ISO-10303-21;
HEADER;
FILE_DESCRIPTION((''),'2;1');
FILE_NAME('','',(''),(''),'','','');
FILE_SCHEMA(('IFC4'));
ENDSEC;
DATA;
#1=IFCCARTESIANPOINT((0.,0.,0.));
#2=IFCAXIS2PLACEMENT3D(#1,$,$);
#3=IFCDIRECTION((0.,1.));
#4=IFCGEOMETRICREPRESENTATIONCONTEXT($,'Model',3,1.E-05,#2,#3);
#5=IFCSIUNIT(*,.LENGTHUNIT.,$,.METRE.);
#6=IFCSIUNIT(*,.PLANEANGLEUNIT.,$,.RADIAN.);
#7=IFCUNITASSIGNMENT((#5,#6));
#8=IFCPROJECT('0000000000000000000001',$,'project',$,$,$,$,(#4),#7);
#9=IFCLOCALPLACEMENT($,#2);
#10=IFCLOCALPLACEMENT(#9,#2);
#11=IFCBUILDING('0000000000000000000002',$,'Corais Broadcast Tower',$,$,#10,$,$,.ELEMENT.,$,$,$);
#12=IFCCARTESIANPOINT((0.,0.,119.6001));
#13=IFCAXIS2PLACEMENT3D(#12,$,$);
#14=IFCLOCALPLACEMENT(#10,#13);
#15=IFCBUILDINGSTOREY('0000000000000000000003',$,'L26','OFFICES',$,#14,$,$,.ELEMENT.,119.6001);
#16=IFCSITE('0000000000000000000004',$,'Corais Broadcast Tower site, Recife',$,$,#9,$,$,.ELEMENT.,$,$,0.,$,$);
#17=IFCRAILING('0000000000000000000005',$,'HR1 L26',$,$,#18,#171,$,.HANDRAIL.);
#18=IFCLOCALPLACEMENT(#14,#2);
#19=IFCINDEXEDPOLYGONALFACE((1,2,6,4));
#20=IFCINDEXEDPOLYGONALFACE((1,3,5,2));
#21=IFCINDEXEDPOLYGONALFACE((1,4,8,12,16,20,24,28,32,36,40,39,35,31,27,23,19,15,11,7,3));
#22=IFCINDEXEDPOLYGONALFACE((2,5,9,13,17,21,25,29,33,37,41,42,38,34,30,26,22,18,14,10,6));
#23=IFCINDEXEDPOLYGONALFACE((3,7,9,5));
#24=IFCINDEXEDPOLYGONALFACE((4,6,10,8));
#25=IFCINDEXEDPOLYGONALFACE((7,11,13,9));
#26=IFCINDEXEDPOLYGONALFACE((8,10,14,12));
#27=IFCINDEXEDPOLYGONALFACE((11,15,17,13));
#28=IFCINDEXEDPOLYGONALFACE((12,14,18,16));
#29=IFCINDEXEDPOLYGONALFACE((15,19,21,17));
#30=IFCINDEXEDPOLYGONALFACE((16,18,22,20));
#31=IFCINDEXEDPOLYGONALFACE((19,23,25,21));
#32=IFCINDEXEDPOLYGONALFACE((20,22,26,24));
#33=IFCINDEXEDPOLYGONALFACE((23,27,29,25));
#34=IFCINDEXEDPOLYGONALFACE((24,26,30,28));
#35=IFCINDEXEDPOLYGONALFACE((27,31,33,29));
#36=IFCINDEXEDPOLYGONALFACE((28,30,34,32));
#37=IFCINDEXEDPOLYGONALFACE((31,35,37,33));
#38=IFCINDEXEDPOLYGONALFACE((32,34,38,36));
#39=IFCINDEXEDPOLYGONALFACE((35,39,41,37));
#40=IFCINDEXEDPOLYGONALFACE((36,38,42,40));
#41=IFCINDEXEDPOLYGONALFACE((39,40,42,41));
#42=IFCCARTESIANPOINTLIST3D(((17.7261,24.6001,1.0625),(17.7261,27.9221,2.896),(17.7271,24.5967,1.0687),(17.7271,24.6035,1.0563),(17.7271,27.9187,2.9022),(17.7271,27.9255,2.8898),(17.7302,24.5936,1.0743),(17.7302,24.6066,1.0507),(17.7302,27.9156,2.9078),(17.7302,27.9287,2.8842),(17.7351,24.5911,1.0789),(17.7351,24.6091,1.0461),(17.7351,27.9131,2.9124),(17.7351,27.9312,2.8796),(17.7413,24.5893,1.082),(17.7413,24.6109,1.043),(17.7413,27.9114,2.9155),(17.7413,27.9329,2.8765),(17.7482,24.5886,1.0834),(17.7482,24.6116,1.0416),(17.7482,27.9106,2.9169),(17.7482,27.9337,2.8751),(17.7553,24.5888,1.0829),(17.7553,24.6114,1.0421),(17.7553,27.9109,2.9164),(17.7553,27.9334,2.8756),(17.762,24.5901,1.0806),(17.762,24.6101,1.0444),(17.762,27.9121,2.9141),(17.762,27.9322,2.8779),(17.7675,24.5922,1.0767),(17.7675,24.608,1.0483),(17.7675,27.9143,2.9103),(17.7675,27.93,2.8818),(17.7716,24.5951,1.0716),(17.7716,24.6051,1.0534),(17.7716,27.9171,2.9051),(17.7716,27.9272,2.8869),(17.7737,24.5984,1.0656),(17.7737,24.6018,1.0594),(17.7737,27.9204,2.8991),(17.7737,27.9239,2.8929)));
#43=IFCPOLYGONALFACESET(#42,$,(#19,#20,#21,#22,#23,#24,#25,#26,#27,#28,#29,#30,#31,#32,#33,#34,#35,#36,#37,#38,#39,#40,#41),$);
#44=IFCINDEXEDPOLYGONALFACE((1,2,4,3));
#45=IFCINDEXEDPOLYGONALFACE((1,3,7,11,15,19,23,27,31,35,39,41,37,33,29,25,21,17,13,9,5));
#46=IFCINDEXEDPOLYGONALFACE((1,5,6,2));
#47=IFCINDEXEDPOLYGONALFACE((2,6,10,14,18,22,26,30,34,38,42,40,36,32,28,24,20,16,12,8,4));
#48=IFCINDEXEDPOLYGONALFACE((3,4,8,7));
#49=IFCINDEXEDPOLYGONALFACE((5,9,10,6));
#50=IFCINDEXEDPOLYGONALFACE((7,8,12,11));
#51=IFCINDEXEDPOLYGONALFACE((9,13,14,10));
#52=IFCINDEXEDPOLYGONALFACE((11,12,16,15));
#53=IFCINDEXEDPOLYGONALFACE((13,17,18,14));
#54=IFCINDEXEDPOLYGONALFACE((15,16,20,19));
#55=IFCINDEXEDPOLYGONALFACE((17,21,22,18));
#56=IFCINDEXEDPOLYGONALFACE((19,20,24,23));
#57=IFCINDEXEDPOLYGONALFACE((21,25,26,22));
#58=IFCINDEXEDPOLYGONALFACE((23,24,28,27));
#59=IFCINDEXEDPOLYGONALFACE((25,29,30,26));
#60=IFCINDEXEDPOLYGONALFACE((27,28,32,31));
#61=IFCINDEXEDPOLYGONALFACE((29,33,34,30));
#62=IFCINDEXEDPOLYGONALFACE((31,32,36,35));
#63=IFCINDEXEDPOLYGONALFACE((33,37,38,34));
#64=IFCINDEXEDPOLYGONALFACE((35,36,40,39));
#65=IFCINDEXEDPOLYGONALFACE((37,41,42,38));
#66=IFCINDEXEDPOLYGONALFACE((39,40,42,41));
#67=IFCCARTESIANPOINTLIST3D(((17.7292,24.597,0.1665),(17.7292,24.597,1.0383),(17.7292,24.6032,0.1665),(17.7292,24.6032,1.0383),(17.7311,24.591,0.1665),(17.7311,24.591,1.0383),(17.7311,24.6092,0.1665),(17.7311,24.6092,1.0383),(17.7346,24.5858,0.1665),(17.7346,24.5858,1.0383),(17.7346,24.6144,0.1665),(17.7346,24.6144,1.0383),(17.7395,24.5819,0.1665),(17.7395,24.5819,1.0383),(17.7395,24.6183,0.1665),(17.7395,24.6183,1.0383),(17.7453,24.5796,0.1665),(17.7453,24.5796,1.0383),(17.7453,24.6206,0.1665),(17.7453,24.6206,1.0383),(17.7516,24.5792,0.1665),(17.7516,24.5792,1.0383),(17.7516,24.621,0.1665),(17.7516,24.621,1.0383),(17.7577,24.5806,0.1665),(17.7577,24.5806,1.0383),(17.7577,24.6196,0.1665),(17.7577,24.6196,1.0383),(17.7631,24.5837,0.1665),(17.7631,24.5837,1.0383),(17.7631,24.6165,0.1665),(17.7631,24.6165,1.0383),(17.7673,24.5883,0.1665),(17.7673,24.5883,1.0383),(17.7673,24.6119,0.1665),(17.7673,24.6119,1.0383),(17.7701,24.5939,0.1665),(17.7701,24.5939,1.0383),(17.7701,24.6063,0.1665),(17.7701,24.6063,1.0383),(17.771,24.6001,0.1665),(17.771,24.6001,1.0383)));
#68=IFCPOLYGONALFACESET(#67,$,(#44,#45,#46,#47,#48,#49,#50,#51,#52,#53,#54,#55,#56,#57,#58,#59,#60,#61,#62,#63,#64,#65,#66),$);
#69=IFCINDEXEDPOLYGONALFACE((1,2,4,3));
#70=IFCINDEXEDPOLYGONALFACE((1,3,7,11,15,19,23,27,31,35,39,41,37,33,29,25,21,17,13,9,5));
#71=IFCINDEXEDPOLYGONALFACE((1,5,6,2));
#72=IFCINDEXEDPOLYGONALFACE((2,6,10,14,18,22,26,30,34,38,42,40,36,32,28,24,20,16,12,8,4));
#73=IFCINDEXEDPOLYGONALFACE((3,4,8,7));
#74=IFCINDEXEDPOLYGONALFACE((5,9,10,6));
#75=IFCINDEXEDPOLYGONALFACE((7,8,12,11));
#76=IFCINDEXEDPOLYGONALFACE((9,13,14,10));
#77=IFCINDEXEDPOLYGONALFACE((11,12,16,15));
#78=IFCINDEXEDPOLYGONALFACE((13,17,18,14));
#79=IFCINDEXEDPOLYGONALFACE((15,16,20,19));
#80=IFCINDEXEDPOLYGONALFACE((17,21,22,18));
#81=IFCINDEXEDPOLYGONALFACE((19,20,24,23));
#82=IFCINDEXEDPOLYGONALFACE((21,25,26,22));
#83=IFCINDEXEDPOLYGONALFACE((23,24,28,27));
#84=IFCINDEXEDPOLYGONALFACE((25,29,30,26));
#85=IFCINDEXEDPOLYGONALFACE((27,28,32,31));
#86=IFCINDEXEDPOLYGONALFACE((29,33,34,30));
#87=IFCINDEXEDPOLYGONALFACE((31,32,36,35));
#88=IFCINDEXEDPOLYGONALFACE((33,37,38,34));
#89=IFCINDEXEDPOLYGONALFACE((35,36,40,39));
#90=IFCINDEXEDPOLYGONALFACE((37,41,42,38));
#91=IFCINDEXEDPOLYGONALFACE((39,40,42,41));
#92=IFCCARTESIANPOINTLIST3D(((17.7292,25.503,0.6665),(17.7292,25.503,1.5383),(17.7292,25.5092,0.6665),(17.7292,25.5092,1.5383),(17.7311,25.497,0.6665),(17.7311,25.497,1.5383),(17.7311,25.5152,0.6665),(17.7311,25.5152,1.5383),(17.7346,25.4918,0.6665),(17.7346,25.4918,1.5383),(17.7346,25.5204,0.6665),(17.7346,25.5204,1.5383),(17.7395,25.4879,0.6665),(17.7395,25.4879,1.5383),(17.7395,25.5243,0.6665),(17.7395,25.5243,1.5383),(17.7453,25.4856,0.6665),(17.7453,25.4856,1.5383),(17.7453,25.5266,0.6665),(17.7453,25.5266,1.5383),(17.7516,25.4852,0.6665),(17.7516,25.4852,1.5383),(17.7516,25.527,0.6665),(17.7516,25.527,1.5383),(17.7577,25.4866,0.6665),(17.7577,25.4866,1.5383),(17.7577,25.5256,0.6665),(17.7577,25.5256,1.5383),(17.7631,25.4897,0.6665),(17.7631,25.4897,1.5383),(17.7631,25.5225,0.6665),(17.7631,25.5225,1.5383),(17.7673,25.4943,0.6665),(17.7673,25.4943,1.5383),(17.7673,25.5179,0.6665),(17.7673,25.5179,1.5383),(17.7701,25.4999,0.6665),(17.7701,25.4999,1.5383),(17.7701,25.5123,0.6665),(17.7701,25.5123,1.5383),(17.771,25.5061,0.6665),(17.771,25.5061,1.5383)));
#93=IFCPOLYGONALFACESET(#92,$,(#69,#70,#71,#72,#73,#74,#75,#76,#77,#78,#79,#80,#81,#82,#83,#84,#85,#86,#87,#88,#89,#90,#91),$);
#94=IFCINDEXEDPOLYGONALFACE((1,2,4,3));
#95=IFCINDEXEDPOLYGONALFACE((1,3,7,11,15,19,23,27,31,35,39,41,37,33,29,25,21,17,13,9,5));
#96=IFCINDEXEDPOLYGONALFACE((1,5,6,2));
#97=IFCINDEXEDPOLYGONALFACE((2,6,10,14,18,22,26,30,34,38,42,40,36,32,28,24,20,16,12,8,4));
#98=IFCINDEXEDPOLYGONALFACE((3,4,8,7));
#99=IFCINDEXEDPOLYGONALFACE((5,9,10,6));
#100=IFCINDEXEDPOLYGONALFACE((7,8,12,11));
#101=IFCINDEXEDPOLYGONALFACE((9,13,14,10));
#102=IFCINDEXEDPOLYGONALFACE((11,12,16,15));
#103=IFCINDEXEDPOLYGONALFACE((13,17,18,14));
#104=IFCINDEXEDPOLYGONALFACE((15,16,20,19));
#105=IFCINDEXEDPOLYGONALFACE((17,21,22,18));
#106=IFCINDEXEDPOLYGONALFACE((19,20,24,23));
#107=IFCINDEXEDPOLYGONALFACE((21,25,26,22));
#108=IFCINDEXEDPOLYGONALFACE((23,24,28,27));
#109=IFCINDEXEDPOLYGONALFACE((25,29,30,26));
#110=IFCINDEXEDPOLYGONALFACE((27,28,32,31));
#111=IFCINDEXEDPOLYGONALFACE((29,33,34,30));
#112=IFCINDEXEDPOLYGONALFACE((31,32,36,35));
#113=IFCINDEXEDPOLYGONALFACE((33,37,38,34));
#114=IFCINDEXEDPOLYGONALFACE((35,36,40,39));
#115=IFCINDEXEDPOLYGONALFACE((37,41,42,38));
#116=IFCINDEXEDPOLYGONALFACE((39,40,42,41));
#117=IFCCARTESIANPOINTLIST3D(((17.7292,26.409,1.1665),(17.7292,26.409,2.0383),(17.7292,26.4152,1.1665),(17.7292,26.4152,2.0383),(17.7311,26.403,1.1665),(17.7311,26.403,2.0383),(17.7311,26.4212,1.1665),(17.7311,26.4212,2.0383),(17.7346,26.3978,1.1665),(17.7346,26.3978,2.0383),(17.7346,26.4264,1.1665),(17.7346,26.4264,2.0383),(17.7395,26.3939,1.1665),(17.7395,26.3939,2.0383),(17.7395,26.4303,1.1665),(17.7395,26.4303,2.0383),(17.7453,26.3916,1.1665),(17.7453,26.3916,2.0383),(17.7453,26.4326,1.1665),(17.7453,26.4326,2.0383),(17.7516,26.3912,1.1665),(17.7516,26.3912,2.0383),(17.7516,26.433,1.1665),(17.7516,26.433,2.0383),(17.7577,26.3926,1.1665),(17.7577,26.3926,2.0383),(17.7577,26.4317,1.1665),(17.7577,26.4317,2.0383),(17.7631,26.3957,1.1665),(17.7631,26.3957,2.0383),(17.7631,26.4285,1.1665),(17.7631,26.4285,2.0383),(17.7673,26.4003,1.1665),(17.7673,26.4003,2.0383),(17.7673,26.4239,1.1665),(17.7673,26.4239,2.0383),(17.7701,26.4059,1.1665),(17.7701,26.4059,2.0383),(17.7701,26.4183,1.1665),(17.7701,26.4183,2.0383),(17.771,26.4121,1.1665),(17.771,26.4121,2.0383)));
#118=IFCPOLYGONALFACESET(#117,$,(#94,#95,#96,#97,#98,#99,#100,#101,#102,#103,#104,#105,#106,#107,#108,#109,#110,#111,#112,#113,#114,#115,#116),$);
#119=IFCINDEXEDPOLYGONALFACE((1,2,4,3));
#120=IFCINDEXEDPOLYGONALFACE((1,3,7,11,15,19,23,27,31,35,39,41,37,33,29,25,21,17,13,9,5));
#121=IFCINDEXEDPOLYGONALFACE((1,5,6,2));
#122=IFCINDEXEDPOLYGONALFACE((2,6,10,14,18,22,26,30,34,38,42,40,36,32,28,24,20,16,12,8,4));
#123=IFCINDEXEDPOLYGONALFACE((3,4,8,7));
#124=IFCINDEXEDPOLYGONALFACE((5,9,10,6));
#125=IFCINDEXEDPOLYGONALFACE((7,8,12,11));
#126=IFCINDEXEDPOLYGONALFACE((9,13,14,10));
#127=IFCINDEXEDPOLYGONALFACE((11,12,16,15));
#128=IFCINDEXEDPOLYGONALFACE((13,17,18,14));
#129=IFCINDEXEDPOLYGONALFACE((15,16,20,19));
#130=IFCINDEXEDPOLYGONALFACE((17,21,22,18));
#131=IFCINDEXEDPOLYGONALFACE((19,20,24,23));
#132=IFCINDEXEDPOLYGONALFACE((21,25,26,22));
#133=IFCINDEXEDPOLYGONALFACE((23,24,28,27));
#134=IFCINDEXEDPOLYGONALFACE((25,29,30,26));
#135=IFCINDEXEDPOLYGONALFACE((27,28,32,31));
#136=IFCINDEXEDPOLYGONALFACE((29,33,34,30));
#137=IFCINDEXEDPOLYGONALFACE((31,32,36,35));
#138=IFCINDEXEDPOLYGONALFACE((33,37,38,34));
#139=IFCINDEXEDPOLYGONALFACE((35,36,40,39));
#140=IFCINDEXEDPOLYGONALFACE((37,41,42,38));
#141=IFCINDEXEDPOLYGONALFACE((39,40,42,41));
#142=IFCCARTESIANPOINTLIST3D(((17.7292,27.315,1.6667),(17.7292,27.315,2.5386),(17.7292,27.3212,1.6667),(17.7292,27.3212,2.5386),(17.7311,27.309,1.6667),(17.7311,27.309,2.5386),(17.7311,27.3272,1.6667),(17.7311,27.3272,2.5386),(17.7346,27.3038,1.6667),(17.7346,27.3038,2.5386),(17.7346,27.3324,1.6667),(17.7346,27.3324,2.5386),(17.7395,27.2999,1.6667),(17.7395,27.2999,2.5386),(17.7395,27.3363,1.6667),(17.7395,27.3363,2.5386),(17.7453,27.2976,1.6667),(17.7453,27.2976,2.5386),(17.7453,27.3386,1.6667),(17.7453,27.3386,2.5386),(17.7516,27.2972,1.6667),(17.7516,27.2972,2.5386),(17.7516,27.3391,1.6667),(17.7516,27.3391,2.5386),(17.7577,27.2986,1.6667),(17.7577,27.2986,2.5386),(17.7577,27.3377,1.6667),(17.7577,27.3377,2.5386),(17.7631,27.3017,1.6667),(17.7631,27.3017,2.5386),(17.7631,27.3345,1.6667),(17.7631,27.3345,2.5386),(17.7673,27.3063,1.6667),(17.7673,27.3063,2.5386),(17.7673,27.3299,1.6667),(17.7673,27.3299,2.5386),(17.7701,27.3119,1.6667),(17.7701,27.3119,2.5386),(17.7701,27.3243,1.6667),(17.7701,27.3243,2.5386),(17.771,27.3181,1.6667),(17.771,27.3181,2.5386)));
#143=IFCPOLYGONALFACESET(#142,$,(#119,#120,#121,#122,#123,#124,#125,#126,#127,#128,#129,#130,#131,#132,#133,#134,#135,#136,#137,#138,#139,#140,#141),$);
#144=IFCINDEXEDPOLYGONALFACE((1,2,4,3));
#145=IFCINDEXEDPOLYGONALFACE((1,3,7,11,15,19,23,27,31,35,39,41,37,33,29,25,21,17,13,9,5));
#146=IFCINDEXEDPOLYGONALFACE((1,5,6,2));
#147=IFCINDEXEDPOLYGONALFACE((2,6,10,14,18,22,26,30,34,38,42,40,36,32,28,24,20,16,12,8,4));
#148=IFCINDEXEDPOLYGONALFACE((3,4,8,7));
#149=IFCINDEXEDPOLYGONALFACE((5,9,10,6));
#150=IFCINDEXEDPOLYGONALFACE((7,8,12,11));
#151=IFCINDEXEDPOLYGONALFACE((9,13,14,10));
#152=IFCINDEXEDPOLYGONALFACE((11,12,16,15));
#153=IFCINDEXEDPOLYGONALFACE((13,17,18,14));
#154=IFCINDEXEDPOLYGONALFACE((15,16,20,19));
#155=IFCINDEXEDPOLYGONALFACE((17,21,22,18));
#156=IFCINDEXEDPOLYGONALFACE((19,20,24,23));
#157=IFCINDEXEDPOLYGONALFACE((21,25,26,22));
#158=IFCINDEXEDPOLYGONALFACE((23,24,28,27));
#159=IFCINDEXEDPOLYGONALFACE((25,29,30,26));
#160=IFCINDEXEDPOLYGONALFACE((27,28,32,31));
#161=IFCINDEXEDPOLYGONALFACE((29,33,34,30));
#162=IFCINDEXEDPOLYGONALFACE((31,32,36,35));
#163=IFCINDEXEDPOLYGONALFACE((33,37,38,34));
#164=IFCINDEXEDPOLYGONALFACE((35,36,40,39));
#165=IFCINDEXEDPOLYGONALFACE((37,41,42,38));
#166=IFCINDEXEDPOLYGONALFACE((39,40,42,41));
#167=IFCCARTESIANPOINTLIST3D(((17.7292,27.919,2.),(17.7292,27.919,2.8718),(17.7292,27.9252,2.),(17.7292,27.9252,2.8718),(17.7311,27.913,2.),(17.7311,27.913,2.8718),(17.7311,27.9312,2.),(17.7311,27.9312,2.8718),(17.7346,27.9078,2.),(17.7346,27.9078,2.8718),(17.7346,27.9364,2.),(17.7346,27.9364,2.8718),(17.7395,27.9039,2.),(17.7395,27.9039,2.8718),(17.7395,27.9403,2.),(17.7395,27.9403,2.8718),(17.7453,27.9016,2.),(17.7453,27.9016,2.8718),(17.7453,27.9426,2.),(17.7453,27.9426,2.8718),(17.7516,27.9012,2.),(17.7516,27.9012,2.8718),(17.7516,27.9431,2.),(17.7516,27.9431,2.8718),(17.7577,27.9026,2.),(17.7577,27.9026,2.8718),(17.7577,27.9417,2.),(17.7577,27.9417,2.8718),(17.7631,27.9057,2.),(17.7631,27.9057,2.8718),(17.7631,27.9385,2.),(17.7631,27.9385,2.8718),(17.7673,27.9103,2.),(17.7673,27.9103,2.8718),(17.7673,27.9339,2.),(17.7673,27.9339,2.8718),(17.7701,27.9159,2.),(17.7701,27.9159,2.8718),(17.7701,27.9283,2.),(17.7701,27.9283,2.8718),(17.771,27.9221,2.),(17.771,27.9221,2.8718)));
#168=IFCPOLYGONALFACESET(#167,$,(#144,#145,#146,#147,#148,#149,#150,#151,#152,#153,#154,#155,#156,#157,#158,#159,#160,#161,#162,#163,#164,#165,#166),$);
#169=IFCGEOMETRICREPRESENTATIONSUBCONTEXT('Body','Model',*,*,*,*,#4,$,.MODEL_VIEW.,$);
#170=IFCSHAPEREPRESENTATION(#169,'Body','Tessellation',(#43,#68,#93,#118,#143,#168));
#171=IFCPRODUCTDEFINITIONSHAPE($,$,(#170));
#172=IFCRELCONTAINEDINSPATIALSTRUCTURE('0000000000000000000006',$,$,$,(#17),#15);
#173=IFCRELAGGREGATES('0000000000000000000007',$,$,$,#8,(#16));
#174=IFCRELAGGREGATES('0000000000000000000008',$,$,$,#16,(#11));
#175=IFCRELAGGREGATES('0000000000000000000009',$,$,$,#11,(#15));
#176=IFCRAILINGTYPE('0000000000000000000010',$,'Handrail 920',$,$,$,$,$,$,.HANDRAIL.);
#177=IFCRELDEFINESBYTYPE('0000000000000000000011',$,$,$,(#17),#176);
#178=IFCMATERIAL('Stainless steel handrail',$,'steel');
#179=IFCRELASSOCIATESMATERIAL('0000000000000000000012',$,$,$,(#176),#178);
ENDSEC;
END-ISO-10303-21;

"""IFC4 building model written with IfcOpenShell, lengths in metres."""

from ifc_helpers import new_model, si_unit, direction, frame, origin, origin_2d, place, context, subcontext, project, spatial, circle, extrude, material, type_object, element, save


model = new_model("IFC4")

# Units and contexts
model_context = context("Model", 3, precision=1e-05, world=origin(), true_north=direction((0.0, 1.0)))
body_context = subcontext(model_context, "Body", "Model", "MODEL_VIEW")
ifc_project = project(units=[si_unit("LENGTHUNIT", "METRE"), si_unit("PLANEANGLEUNIT", "RADIAN")], contexts=[model_context])

# Site, building, storey
site_placement = place(None, origin())
site = spatial("IfcSite", under=ifc_project, at=site_placement, Name="Corais Broadcast Tower site, Recife", CompositionType="ELEMENT", RefElevation=0.0)
building_placement = place(site_placement, origin())
building = spatial("IfcBuilding", under=site, at=building_placement, Name="Corais Broadcast Tower", CompositionType="ELEMENT")
storey_placement = place(building_placement, frame((0.0, 0.0, 119.6001)))
storey = spatial("IfcBuildingStorey", under=building, at=storey_placement, Name="L26", Description="OFFICES", CompositionType="ELEMENT", Elevation=119.6001)

# Railing
ifc_material_1 = material(Name="Stainless steel handrail", Category="steel")
railing_type = type_object("IfcRailingType", Name="Handrail 920", PredefinedType="HANDRAIL", material=ifc_material_1)
for number, where, name in (
    (1, (17.75, 24.6001, 0.1665), "HR1 L26"),
):
    element("IfcRailing", number, at=place(storey_placement, frame(where)), inside=storey, type_object=railing_type, Name=name, PredefinedType="HANDRAIL", context=body_context, shape_type="SweptSolid", body=[
        extrude(circle(Radius=0.0239, at=origin_2d()), frame((0.0, 0.0, 0.896), z_axis=(0.0, 0.875504, 0.48321), x_axis=(-1.0, 0.0, 0.0)), (0.0, 0.0, 1.0), 3.7944),
        extrude(circle(Radius=0.021, at=origin_2d()), origin(), (0.0, 0.0, 1.0), 0.8718),
        extrude(circle(Radius=0.021, at=origin_2d()), frame((0.0, 0.906, 0.5)), (0.0, 0.0, 1.0), 0.8718),
        extrude(circle(Radius=0.021, at=origin_2d()), frame((0.0, 1.812, 1.0)), (0.0, 0.0, 1.0), 0.8718),
        extrude(circle(Radius=0.021, at=origin_2d()), frame((0.0, 2.718, 1.5002)), (0.0, 0.0, 1.0), 0.8718),
        extrude(circle(Radius=0.021, at=origin_2d()), frame((0.0, 3.322, 1.8335)), (0.0, 0.0, 1.0), 0.8718),
    ])

save(model, "model.ifc")
